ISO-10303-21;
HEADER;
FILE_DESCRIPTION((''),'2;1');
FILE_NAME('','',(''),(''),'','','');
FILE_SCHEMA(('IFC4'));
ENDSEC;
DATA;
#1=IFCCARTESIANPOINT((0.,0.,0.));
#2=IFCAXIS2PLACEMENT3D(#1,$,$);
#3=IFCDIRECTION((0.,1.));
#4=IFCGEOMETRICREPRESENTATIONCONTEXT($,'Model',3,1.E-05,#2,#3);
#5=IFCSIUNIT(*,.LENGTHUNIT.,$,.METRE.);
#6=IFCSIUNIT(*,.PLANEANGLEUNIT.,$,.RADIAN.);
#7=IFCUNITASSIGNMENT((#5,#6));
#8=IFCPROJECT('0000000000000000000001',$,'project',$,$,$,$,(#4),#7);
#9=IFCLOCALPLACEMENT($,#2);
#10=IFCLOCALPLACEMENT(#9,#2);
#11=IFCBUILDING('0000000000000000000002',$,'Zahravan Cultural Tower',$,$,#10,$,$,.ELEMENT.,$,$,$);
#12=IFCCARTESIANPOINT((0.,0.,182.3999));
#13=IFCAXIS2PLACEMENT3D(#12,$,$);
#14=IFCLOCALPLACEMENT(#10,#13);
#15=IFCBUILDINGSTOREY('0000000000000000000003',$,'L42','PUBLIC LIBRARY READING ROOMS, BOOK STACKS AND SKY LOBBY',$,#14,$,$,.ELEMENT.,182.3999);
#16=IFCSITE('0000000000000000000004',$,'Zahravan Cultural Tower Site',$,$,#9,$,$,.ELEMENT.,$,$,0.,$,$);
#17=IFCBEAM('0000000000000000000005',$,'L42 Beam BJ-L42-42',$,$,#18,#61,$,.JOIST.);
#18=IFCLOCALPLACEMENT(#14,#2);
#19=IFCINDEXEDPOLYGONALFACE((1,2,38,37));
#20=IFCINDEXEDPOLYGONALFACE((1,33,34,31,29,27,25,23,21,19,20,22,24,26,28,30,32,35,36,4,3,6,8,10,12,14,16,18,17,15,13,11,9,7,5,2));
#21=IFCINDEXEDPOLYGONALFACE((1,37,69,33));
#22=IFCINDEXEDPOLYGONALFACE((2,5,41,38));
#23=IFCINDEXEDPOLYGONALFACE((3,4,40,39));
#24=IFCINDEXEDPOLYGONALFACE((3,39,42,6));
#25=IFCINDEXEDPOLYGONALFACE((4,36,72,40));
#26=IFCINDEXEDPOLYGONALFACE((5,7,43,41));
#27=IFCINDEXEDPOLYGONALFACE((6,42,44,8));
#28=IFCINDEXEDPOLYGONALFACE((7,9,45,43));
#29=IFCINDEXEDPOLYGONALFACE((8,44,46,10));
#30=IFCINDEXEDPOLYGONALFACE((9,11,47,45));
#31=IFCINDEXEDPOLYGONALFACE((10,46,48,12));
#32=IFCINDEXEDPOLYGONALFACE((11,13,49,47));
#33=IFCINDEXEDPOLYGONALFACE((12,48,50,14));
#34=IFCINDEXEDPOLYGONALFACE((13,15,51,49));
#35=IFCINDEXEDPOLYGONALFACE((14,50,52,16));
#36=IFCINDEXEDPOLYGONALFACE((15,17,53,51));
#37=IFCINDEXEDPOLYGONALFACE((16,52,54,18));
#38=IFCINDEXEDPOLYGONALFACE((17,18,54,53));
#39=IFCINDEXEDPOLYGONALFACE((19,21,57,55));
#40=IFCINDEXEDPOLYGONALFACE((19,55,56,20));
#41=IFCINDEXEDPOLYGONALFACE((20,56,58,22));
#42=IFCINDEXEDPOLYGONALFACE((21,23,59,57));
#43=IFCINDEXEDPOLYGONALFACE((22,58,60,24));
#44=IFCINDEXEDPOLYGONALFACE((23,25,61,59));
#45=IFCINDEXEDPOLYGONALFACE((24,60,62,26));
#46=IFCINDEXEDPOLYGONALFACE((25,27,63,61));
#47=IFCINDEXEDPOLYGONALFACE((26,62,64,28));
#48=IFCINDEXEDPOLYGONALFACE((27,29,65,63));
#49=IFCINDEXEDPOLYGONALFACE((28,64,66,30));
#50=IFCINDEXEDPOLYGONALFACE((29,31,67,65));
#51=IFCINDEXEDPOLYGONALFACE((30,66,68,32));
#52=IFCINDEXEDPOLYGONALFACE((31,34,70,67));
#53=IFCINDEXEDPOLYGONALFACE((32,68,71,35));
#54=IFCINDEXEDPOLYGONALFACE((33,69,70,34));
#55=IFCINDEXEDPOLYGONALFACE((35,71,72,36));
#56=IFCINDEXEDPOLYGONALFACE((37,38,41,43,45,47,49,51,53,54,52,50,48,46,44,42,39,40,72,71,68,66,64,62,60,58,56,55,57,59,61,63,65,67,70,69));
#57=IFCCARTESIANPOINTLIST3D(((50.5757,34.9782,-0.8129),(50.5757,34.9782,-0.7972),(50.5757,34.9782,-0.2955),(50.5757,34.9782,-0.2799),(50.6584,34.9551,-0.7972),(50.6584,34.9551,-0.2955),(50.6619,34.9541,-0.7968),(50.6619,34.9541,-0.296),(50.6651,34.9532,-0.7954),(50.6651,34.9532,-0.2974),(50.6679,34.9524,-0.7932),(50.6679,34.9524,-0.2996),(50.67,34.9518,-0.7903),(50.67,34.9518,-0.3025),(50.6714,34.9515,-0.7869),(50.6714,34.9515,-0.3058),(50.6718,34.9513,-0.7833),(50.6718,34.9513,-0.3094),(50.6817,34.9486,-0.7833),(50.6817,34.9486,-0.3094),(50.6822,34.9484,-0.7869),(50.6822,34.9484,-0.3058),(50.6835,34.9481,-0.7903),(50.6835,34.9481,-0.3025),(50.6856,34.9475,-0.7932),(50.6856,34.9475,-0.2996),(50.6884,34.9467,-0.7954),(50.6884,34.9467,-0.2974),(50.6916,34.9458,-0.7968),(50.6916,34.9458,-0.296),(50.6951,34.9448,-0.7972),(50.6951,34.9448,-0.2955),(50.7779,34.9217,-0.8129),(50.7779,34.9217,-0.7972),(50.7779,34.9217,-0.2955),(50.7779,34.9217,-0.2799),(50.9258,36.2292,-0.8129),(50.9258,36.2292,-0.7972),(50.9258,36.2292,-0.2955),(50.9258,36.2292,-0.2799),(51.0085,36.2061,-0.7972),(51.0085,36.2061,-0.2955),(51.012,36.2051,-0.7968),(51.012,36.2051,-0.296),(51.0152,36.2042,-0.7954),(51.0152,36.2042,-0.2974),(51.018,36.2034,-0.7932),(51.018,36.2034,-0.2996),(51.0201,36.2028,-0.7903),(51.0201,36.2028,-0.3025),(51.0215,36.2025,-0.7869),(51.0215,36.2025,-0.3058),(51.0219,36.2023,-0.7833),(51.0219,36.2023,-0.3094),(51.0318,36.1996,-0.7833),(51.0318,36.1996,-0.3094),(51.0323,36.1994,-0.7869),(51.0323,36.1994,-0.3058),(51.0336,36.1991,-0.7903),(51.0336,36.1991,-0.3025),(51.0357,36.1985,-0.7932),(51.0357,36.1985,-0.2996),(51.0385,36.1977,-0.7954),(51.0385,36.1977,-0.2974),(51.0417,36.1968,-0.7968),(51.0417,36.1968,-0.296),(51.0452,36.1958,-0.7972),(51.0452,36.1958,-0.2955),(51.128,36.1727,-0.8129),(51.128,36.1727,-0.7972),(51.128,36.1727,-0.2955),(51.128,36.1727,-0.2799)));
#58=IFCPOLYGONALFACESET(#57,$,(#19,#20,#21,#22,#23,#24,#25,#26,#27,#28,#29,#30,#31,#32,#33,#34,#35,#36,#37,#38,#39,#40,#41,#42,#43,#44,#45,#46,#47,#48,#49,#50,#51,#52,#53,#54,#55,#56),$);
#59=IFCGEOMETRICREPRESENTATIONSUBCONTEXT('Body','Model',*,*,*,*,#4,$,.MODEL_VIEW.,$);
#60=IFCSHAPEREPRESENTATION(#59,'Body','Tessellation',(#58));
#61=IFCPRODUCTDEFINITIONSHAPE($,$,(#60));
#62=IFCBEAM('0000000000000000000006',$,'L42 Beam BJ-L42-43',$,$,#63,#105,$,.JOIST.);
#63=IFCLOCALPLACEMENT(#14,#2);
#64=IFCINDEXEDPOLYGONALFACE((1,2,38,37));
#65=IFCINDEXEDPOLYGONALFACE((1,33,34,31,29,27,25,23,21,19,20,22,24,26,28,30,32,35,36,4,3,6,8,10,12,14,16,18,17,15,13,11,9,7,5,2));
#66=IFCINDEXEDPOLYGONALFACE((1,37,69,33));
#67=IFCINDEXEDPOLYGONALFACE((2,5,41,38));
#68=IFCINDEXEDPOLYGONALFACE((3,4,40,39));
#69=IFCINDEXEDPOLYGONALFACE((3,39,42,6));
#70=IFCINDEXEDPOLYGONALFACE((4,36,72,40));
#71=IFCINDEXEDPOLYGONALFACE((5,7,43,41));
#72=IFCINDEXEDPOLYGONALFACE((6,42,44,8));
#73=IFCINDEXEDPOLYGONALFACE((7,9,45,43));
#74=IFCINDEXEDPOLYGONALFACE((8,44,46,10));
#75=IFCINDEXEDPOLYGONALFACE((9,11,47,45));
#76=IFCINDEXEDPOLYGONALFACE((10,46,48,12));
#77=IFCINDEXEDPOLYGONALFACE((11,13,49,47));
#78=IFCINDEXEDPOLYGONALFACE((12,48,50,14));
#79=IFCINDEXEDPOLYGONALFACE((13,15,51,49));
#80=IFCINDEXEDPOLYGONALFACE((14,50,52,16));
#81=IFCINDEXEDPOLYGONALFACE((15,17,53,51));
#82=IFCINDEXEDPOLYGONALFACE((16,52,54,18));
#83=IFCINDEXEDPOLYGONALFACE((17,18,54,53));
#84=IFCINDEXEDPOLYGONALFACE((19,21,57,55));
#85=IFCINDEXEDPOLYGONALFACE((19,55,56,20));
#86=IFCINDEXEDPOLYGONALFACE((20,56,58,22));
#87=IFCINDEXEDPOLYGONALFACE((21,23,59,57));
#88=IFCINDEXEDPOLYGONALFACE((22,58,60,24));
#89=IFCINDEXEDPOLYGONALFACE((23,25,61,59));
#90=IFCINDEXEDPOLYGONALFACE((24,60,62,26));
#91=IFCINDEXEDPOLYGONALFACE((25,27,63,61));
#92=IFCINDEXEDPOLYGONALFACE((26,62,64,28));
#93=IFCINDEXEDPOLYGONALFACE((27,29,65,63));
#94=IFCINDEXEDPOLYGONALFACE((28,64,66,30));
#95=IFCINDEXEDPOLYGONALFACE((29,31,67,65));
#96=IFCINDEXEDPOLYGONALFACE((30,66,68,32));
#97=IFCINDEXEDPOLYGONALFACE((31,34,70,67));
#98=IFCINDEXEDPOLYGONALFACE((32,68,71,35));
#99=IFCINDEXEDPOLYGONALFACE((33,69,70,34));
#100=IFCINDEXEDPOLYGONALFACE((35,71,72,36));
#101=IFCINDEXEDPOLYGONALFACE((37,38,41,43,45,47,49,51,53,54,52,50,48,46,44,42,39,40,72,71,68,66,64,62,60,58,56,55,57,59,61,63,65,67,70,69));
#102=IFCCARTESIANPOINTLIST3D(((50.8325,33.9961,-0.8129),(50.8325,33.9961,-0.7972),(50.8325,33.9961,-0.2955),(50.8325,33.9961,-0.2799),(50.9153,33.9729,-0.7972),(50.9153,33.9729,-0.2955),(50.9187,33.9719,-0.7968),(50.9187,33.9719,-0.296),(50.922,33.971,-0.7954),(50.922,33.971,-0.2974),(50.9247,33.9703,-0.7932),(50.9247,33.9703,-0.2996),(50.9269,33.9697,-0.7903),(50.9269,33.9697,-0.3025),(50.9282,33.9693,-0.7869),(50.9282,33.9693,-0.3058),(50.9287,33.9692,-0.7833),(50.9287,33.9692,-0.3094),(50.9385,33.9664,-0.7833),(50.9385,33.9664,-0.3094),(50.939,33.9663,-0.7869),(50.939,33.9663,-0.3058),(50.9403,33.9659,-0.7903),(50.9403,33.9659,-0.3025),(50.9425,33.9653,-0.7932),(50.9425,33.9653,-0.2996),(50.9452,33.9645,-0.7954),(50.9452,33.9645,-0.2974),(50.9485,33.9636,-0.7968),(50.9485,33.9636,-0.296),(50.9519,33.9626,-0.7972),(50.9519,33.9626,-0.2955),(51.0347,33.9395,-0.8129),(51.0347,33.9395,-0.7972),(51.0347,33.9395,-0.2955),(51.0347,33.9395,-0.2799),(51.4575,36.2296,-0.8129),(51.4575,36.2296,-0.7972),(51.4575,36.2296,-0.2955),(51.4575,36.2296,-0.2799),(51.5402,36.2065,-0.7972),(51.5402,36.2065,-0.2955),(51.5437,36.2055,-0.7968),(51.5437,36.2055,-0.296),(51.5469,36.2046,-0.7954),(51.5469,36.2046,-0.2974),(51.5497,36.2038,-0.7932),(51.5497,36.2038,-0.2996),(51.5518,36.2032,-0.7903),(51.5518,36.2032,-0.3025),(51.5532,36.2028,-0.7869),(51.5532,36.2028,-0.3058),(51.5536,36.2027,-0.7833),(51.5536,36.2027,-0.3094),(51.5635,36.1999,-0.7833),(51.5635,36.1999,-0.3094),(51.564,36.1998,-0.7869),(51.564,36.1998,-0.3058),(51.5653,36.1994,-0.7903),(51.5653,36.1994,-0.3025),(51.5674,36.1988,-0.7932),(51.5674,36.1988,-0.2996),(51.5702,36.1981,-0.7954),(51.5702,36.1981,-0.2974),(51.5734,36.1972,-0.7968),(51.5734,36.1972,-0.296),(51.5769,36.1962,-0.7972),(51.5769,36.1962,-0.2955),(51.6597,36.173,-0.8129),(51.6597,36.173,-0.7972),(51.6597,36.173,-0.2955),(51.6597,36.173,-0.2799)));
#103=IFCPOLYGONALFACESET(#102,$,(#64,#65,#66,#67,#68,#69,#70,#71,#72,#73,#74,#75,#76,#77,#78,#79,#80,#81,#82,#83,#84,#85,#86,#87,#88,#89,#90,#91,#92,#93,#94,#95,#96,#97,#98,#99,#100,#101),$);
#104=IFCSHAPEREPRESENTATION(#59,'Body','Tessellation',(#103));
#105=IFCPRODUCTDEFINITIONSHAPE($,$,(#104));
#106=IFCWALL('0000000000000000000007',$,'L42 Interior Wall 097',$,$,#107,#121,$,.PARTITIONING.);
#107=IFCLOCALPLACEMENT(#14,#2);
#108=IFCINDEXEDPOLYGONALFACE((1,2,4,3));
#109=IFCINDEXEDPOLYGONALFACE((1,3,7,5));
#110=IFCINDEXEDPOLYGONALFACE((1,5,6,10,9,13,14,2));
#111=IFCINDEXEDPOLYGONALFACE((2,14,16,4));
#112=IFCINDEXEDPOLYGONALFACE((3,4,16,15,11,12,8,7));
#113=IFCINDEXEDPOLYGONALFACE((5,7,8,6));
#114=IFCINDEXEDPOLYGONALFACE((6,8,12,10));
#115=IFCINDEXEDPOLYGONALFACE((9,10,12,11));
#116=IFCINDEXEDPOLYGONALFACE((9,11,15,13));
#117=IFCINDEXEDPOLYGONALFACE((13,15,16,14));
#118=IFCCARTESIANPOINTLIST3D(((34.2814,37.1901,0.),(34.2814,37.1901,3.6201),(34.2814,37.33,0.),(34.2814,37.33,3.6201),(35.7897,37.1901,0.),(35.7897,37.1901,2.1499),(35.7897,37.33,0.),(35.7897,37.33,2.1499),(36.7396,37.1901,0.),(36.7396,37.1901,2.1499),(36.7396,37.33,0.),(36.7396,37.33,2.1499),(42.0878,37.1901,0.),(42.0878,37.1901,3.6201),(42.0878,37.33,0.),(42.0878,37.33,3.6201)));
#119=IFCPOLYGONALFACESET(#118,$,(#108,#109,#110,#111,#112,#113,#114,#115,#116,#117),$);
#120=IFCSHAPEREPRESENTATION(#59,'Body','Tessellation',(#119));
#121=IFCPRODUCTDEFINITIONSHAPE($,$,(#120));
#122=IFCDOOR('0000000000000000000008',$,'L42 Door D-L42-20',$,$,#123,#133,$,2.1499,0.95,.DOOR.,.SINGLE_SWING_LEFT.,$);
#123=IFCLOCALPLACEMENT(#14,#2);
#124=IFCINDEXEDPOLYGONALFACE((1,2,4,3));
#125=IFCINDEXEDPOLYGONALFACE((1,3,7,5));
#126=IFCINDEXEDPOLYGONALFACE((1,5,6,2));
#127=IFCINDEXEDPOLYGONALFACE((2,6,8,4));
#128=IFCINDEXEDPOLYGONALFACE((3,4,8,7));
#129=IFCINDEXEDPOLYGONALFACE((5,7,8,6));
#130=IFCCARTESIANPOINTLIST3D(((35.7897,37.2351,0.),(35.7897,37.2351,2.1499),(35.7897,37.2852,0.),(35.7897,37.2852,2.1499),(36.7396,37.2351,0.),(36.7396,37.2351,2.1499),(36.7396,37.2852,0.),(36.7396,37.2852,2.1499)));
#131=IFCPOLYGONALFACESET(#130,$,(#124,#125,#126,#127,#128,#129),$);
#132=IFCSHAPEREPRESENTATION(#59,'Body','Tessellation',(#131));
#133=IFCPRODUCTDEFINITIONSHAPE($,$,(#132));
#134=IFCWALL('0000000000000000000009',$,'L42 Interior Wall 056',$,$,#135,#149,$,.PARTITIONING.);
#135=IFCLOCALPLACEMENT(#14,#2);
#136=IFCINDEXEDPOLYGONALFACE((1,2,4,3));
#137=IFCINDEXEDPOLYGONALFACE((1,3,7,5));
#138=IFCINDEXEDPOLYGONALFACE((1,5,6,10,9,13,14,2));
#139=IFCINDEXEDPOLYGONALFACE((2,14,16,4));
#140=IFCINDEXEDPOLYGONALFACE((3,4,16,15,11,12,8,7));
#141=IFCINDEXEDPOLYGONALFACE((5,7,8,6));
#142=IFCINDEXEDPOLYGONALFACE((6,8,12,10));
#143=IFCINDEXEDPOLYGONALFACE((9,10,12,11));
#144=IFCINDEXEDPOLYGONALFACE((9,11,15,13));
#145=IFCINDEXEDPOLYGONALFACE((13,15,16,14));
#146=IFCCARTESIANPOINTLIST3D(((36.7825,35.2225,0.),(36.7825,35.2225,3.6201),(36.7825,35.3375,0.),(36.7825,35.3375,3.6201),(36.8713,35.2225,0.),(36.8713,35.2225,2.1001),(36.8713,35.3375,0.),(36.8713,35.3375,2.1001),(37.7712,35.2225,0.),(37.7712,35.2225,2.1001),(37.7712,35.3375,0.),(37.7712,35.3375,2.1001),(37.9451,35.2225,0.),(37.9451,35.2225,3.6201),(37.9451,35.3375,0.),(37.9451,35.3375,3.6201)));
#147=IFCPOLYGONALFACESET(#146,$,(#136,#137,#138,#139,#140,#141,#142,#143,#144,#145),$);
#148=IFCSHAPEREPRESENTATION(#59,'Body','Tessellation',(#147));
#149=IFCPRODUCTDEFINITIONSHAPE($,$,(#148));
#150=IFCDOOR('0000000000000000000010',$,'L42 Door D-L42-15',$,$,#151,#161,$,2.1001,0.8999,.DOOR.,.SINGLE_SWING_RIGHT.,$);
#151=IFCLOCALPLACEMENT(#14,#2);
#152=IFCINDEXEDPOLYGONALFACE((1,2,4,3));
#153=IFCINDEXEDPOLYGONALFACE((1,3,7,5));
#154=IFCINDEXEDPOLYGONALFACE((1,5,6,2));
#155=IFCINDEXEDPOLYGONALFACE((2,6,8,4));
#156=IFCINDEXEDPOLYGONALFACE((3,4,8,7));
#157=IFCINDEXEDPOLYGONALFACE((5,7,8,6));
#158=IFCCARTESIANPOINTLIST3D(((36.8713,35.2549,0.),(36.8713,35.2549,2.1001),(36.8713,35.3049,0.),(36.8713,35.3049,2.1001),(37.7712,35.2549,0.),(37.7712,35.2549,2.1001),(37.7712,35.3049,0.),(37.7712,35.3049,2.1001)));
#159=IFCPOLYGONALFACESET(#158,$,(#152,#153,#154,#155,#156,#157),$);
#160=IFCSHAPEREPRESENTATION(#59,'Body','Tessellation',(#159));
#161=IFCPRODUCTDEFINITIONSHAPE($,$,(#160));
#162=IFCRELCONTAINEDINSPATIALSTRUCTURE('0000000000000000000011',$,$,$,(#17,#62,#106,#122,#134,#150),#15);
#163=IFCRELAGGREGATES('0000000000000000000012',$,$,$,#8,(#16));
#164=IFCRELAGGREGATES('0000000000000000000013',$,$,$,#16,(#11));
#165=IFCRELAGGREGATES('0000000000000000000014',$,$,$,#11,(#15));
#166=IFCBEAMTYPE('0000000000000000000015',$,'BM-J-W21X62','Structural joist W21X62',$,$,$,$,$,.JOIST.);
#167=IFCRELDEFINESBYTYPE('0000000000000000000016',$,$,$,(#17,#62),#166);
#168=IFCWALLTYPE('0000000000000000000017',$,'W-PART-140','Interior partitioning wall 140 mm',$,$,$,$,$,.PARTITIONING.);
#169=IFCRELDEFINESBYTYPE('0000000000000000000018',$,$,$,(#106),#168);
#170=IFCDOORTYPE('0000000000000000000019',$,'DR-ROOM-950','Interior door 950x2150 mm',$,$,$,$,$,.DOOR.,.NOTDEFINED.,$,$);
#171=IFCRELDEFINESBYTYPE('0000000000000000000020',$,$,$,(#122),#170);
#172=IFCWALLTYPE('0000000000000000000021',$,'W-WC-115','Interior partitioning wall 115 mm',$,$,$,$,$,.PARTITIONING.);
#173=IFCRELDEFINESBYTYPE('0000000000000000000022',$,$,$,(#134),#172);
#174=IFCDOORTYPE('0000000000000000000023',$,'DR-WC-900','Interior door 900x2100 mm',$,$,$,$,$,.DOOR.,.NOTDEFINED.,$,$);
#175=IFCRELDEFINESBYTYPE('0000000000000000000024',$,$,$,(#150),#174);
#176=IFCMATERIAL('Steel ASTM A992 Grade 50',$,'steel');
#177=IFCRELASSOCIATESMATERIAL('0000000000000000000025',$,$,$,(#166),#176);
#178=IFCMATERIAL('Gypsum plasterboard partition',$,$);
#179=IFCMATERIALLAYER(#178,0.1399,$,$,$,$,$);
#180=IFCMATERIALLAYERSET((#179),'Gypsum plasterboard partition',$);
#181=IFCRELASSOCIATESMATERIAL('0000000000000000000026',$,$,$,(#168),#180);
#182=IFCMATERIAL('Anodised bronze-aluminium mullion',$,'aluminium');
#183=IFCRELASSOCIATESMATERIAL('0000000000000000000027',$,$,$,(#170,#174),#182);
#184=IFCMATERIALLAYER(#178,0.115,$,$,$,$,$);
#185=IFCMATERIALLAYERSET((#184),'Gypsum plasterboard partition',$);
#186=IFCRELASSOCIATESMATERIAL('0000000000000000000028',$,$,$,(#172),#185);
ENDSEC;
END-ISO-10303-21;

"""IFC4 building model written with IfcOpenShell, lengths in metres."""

from ifc_helpers import new_model, si_unit, direction, frame, frame_2d, origin, origin_2d, place, context, subcontext, project, spatial, rectangle, i_section, extrude, source, transform, mapped, material, layer, layer_set, material_profile, profile_set, type_object, element, fill, save


model = new_model("IFC4")

# Units and contexts
model_context = context("Model", 3, precision=1e-05, world=origin(), true_north=direction((0.0, 1.0)))
body_context = subcontext(model_context, "Body", "Model", "MODEL_VIEW")
ifc_project = project(units=[si_unit("LENGTHUNIT", "METRE"), si_unit("PLANEANGLEUNIT", "RADIAN")], contexts=[model_context])

# Site, building, storey
site_placement = place(None, origin())
site = spatial("IfcSite", under=ifc_project, at=site_placement, Name="Zahravan Cultural Tower Site", CompositionType="ELEMENT", RefElevation=0.0)
building_placement = place(site_placement, origin())
building = spatial("IfcBuilding", under=site, at=building_placement, Name="Zahravan Cultural Tower", CompositionType="ELEMENT")
storey_placement = place(building_placement, frame((0.0, 0.0, 182.3999)))
storey = spatial("IfcBuildingStorey", under=building, at=storey_placement, Name="L42", Description="PUBLIC LIBRARY READING ROOMS, BOOK STACKS AND SKY LOBBY", CompositionType="ELEMENT", Elevation=182.3999)

# Beams
ifc_material_1 = material(Name="Steel ASTM A992 Grade 50", Category="steel")
ifc_material_profile_1 = material_profile(ifc_material_1, i_section(OverallWidth=0.21, OverallDepth=0.533, WebThickness=0.0103, FlangeThickness=0.0156, FilletRadius=0.0139, at=origin_2d()), Name="W21X62")
ifc_profile_set_1 = profile_set([ifc_material_profile_1], Name="Steel ASTM A992 Grade 50")
beam_type_1 = type_object("IfcBeamType", Name="BM-J-W21X62", Description="Structural joist W21X62", PredefinedType="JOIST", material=ifc_profile_set_1)
shared_shape_1 = source(origin(), body_context, "Body", "SweptSolid", [
    extrude(i_section(OverallWidth=0.21, OverallDepth=0.533, WebThickness=0.0103, FlangeThickness=0.0156, FilletRadius=0.0139, at=origin_2d()), origin(), (0.0, 0.0, 1.0), 1.2991),
])
beam_1_placement = place(storey_placement, frame((50.6768, 34.95, -0.5464), z_axis=(0.269504, 0.962999, 0.0), x_axis=(-0.962999, 0.269504, 0.0)))
element("IfcBeam", 1, at=beam_1_placement, inside=storey, type_object=beam_type_1, Name="L42 Beam BJ-L42-42", PredefinedType="JOIST", context=body_context, shape_type="MappedRepresentation", body=[
    mapped(shared_shape_1, transform((0.0, 0.0, 0.0), x_axis=(1.0, 0.0, 0.0), y_axis=(0.0, 1.0, 0.0), z_axis=(0.0, 0.0, 1.0), scale=1.0)),
])
shared_shape_2 = source(origin(), body_context, "Body", "SweptSolid", [
    extrude(i_section(OverallWidth=0.21, OverallDepth=0.533, WebThickness=0.0103, FlangeThickness=0.0156, FilletRadius=0.0139, at=origin_2d()), origin(), (0.0, 0.0, 1.0), 2.3193),
])
beam_2_placement = place(storey_placement, frame((50.9336, 33.9678, -0.5464), z_axis=(0.269462, 0.963011, 0.0), x_axis=(-0.963011, 0.269462, 0.0)))
element("IfcBeam", 2, at=beam_2_placement, inside=storey, type_object=beam_type_1, Name="L42 Beam BJ-L42-43", PredefinedType="JOIST", context=body_context, shape_type="MappedRepresentation", body=[
    mapped(shared_shape_2, transform((0.0, 0.0, 0.0), x_axis=(1.0, 0.0, 0.0), y_axis=(0.0, 1.0, 0.0), z_axis=(0.0, 0.0, 1.0), scale=1.0)),
])

# Walls, openings, doors
ifc_material_2 = material(Name="Gypsum plasterboard partition")
ifc_layer_1 = layer(ifc_material_2, 0.1399)
ifc_layer_set_1 = layer_set([ifc_layer_1], Name="Gypsum plasterboard partition")
wall_type_1 = type_object("IfcWallType", Name="W-PART-140", Description="Interior partitioning wall 140 mm", PredefinedType="PARTITIONING", material=ifc_layer_set_1)
ifc_material_3 = material(Name="Anodised bronze-aluminium mullion", Category="aluminium")
door_type_1 = type_object("IfcDoorType", Name="DR-ROOM-950", Description="Interior door 950x2150 mm", OperationType="NOTDEFINED", PredefinedType="DOOR", material=ifc_material_3)
shared_shape_3 = source(origin(), body_context, "Body", "SweptSolid", [
    extrude(rectangle(XDim=0.95, YDim=2.1499, at=frame_2d((0.4751, 1.075))), frame((0.0, 0.0249, 0.0), z_axis=(0.0, -1.0, 0.0), x_axis=(1.0, 0.0, 0.0)), (0.0, 0.0, 1.0), 0.05),
])
wall_1_placement = place(storey_placement, frame((42.0879, 37.26, 0.0), z_axis=(0.0, 0.0, 1.0), x_axis=(-1.0, 0.0, 0.0)))
wall_1 = element("IfcWall", 3, at=wall_1_placement, inside=storey, type_object=wall_type_1, Name="L42 Interior Wall 097", PredefinedType="PARTITIONING", context=body_context, shape_type="SweptSolid", body=[
    extrude(rectangle(XDim=7.8064, YDim=0.1399, at=frame_2d((3.9033, 0.0))), origin(), (0.0, 0.0, 1.0), 3.6201),
])
opening_1_placement = place(wall_1_placement, frame((5.3481, 0.0, 0.0)))
opening_1 = element("IfcOpeningElement", 4, at=opening_1_placement, cuts=wall_1, PredefinedType="OPENING", context=body_context, shape_type="SweptSolid", body=[
    extrude(rectangle(XDim=0.95, YDim=2.1499, at=frame_2d((0.4751, 1.075))), frame((0.0, 0.0798, 0.0), z_axis=(0.0, -1.0, 0.0), x_axis=(1.0, 0.0, 0.0)), (0.0, 0.0, 1.0), 0.1599),
])
door_1_placement = place(opening_1_placement, origin())
door_1 = element("IfcDoor", 5, at=door_1_placement, inside=storey, type_object=door_type_1, Name="L42 Door D-L42-20", OperationType="SINGLE_SWING_LEFT", OverallHeight=2.1499, OverallWidth=0.95, PredefinedType="DOOR", context=body_context, shape_type="MappedRepresentation", body=[
    mapped(shared_shape_3, transform((0.0, 0.0, 0.0), x_axis=(1.0, 0.0, 0.0), y_axis=(0.0, 1.0, 0.0), z_axis=(0.0, 0.0, 1.0), scale=1.0)),
])
fill(opening_1, door_1)
ifc_layer_2 = layer(ifc_material_2, 0.115)
ifc_layer_set_2 = layer_set([ifc_layer_2], Name="Gypsum plasterboard partition")
wall_type_2 = type_object("IfcWallType", Name="W-WC-115", Description="Interior partitioning wall 115 mm", PredefinedType="PARTITIONING", material=ifc_layer_set_2)
wall_2_placement = place(storey_placement, frame((36.7825, 35.28, 0.0), z_axis=(0.0, 0.0, 1.0), x_axis=(1.0, 0.0, 0.0)))
wall_2 = element("IfcWall", 6, at=wall_2_placement, inside=storey, type_object=wall_type_2, Name="L42 Interior Wall 056", PredefinedType="PARTITIONING", context=body_context, shape_type="SweptSolid", body=[
    extrude(rectangle(XDim=1.1626, YDim=0.115, at=frame_2d((0.5813, 0.0))), origin(), (0.0, 0.0, 1.0), 3.6201),
])
opening_2_placement = place(wall_2_placement, frame((0.0889, 0.0, 0.0)))
opening_2 = element("IfcOpeningElement", 7, at=opening_2_placement, cuts=wall_2, PredefinedType="OPENING", context=body_context, shape_type="SweptSolid", body=[
    extrude(rectangle(XDim=0.8999, YDim=2.1001, at=frame_2d((0.45, 1.05))), frame((0.0, 0.0674, 0.0), z_axis=(0.0, -1.0, 0.0), x_axis=(1.0, 0.0, 0.0)), (0.0, 0.0, 1.0), 0.135),
])
door_type_2 = type_object("IfcDoorType", Name="DR-WC-900", Description="Interior door 900x2100 mm", OperationType="NOTDEFINED", PredefinedType="DOOR", material=ifc_material_3)
shared_shape_4 = source(origin(), body_context, "Body", "SweptSolid", [
    extrude(rectangle(XDim=0.8999, YDim=2.1001, at=frame_2d((0.45, 1.05))), frame((0.0, 0.0249, 0.0), z_axis=(0.0, -1.0, 0.0), x_axis=(1.0, 0.0, 0.0)), (0.0, 0.0, 1.0), 0.05),
])
door_2_placement = place(opening_2_placement, origin())
door_2 = element("IfcDoor", 8, at=door_2_placement, inside=storey, type_object=door_type_2, Name="L42 Door D-L42-15", OperationType="SINGLE_SWING_RIGHT", OverallHeight=2.1001, OverallWidth=0.8999, PredefinedType="DOOR", context=body_context, shape_type="MappedRepresentation", body=[
    mapped(shared_shape_4, transform((0.0, 0.0, 0.0), x_axis=(1.0, 0.0, 0.0), y_axis=(0.0, 1.0, 0.0), z_axis=(0.0, 0.0, 1.0), scale=1.0)),
])
fill(opening_2, door_2)

save(model, "model.ifc")
